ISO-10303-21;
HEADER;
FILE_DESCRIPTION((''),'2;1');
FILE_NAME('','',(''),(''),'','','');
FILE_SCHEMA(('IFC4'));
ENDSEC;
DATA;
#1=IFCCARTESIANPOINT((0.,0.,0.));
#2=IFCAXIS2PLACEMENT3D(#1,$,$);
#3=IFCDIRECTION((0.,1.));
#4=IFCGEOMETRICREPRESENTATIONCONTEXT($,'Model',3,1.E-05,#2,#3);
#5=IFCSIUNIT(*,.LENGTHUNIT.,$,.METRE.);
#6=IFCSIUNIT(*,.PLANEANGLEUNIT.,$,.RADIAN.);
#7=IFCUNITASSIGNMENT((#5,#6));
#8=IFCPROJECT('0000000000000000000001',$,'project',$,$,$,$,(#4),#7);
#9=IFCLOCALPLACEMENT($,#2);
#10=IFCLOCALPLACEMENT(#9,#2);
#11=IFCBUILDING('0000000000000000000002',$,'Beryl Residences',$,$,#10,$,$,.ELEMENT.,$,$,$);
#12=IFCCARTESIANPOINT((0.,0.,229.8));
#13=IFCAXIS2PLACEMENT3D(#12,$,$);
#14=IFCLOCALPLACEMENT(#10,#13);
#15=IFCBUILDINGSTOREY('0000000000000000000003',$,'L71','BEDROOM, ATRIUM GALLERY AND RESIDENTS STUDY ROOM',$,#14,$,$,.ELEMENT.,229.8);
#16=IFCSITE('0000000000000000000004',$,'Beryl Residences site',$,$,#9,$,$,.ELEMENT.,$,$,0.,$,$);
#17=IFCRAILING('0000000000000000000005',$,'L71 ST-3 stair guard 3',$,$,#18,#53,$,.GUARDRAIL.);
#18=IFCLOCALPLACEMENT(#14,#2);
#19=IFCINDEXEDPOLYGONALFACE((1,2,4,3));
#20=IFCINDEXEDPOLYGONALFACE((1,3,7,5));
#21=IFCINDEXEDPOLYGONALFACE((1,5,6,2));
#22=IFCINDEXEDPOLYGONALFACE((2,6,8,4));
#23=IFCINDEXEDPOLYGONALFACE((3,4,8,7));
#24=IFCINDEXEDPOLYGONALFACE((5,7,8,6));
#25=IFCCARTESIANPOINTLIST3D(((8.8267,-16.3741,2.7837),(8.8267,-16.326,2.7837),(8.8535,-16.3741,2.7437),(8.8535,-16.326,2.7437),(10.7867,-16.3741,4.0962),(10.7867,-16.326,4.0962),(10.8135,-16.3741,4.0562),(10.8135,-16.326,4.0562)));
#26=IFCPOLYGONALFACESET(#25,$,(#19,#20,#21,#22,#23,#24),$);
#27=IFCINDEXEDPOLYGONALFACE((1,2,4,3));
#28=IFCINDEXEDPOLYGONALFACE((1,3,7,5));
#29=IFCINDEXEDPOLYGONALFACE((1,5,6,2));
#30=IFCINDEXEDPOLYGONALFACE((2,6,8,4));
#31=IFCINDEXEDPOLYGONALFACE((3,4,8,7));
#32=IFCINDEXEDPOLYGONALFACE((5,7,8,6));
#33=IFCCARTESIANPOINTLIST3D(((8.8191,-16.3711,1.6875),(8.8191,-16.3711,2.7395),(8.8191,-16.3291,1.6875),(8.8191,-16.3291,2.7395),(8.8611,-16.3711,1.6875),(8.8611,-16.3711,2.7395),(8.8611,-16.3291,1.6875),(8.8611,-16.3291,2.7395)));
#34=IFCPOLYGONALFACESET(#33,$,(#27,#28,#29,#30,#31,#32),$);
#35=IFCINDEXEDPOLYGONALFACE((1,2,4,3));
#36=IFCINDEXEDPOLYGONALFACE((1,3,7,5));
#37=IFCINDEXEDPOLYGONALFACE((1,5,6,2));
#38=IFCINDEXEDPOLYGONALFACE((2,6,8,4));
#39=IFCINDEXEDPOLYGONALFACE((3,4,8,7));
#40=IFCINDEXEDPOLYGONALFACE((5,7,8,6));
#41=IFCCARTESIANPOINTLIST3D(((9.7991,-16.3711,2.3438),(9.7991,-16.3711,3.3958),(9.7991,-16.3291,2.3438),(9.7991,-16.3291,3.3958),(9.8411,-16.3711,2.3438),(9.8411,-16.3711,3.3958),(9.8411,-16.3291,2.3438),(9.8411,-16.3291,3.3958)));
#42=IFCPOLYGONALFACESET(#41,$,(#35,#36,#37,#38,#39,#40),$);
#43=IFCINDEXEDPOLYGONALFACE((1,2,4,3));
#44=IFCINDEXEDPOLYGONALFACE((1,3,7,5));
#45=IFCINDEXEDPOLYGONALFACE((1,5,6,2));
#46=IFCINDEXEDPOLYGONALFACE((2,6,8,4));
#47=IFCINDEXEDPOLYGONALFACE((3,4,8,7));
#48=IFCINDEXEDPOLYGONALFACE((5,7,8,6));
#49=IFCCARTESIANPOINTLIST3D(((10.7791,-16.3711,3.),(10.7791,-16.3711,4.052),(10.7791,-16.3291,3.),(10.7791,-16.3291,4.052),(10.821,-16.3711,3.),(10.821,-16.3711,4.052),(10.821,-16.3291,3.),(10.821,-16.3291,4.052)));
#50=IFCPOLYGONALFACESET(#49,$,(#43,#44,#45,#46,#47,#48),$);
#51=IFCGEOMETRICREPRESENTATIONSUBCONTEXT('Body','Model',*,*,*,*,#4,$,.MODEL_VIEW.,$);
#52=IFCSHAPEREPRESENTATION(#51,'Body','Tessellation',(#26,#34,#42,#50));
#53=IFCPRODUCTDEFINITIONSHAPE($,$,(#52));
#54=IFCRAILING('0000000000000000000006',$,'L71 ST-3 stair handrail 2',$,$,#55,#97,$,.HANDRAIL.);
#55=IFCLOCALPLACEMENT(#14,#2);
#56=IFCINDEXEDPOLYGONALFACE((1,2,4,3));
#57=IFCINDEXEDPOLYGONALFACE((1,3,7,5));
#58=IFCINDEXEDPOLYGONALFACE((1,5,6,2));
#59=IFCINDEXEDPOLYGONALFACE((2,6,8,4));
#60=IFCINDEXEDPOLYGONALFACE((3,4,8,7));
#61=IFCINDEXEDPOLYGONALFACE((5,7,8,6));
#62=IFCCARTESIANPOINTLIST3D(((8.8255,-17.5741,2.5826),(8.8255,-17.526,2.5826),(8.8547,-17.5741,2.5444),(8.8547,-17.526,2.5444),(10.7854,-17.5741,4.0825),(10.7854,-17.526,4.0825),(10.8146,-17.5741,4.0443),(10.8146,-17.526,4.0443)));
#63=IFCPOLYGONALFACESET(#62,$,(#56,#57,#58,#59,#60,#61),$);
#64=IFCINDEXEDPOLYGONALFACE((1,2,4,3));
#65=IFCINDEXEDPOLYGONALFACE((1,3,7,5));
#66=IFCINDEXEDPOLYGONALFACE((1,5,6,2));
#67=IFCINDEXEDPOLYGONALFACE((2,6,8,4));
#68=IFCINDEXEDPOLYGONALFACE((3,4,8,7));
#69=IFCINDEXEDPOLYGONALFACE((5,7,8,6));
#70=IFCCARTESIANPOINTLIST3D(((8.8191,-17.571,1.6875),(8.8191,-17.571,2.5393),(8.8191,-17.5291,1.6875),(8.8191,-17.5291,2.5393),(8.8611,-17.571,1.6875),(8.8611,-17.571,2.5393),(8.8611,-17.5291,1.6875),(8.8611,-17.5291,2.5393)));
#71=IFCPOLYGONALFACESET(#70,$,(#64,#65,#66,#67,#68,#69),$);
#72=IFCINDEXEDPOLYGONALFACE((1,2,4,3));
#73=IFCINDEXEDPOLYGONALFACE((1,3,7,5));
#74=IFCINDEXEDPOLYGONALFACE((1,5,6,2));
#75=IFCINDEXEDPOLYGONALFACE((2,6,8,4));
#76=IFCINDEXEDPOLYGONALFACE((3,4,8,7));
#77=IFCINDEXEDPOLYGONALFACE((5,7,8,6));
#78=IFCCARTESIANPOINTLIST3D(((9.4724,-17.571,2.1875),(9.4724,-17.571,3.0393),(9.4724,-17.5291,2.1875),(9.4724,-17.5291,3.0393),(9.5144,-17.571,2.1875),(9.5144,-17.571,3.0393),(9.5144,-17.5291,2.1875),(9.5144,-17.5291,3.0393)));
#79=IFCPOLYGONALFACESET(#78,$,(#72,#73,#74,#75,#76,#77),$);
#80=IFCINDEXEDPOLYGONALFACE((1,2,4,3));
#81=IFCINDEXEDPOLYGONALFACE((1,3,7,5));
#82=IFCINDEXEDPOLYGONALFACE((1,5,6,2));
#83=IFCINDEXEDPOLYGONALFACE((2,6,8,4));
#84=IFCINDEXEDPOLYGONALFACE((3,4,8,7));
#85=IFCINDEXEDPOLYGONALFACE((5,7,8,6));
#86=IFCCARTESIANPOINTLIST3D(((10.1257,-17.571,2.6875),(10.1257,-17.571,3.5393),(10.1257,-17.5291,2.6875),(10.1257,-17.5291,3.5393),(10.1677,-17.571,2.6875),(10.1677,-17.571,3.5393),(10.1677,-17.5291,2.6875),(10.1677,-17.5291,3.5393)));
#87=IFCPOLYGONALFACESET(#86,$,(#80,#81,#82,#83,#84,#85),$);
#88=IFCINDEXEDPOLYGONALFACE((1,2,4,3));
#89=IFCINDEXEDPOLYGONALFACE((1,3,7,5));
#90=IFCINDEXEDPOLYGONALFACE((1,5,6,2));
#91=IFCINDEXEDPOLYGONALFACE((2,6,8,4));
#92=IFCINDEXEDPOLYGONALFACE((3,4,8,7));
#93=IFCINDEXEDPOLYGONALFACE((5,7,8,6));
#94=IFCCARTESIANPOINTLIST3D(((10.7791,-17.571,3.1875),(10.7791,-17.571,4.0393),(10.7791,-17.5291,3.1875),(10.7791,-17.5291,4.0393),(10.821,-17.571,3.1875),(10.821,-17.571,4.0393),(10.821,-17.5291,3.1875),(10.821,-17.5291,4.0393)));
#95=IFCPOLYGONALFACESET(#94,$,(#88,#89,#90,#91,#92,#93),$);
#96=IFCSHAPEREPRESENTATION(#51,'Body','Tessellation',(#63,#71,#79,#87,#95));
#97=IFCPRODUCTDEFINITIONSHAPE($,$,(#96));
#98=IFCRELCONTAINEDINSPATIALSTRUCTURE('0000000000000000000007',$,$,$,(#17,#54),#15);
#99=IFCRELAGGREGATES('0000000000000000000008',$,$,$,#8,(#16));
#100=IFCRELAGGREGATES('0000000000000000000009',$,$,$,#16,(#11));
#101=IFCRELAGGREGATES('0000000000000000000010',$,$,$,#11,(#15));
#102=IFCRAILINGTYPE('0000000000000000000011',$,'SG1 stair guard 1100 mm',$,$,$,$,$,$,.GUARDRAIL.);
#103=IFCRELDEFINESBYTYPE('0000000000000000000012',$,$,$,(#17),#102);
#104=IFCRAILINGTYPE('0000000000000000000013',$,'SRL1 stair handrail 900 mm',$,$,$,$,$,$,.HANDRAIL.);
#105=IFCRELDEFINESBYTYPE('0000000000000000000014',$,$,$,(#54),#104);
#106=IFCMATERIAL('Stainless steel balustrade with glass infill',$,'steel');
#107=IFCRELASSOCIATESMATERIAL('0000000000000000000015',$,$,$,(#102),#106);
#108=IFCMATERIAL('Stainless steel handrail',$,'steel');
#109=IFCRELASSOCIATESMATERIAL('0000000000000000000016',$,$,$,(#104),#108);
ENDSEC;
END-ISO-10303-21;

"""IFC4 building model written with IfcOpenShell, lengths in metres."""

from ifc_helpers import new_model, si_unit, direction, frame, origin, origin_2d, place, context, subcontext, project, spatial, rectangle, extrude, material, type_object, element, save


model = new_model("IFC4")

# Units and contexts
model_context = context("Model", 3, precision=1e-05, world=origin(), true_north=direction((0.0, 1.0)))
body_context = subcontext(model_context, "Body", "Model", "MODEL_VIEW")
ifc_project = project(units=[si_unit("LENGTHUNIT", "METRE"), si_unit("PLANEANGLEUNIT", "RADIAN")], contexts=[model_context])

# Site, building, storey
site_placement = place(None, origin())
site = spatial("IfcSite", under=ifc_project, at=site_placement, Name="Beryl Residences site", CompositionType="ELEMENT", RefElevation=0.0)
building_placement = place(site_placement, origin())
building = spatial("IfcBuilding", under=site, at=building_placement, Name="Beryl Residences", CompositionType="ELEMENT")
storey_placement = place(building_placement, frame((0.0, 0.0, 229.8)))
storey = spatial("IfcBuildingStorey", under=building, at=storey_placement, Name="L71", Description="BEDROOM, ATRIUM GALLERY AND RESIDENTS STUDY ROOM", CompositionType="ELEMENT", Elevation=229.8)

# Railings
ifc_material_1 = material(Name="Stainless steel balustrade with glass infill", Category="steel")
railing_type_1 = type_object("IfcRailingType", Name="SG1 stair guard 1100 mm", PredefinedType="GUARDRAIL", material=ifc_material_1)
railing_1_placement = place(storey_placement, frame((8.8401, -16.3501, 1.6875)))
element("IfcRailing", 1, at=railing_1_placement, inside=storey, type_object=railing_type_1, Name="L71 ST-3 stair guard 3", PredefinedType="GUARDRAIL", context=body_context, shape_type="SweptSolid", body=[
    extrude(rectangle(XDim=0.0481, YDim=0.0481, at=origin_2d()), frame((0.0, 0.0, 1.0762), z_axis=(0.830902, 0.0, 0.556419), x_axis=(0.0, 1.0, 0.0)), (0.0, 0.0, 1.0), 2.3589),
    extrude(rectangle(XDim=0.042, YDim=0.042, at=origin_2d()), origin(), (0.0, 0.0, 1.0), 1.052),
    extrude(rectangle(XDim=0.042, YDim=0.042, at=origin_2d()), frame((0.98, 0.0, 0.6562)), (0.0, 0.0, 1.0), 1.052),
    extrude(rectangle(XDim=0.042, YDim=0.042, at=origin_2d()), frame((1.96, 0.0, 1.3125)), (0.0, 0.0, 1.0), 1.052),
])
ifc_material_2 = material(Name="Stainless steel handrail", Category="steel")
railing_type_2 = type_object("IfcRailingType", Name="SRL1 stair handrail 900 mm", PredefinedType="HANDRAIL", material=ifc_material_2)
railing_2_placement = place(storey_placement, frame((8.8401, -17.55, 1.6875)))
element("IfcRailing", 2, at=railing_2_placement, inside=storey, type_object=railing_type_2, Name="L71 ST-3 stair handrail 2", PredefinedType="HANDRAIL", context=body_context, shape_type="SweptSolid", body=[
    extrude(rectangle(XDim=0.0481, YDim=0.0481, at=origin_2d()), frame((0.0, 0.0, 0.876), z_axis=(0.794122, 0.0, 0.607758), x_axis=(0.0, 1.0, 0.0)), (0.0, 0.0, 1.0), 2.468),
    extrude(rectangle(XDim=0.042, YDim=0.042, at=origin_2d()), origin(), (0.0, 0.0, 1.0), 0.8518),
    extrude(rectangle(XDim=0.042, YDim=0.042, at=origin_2d()), frame((0.6533, 0.0, 0.5)), (0.0, 0.0, 1.0), 0.8518),
    extrude(rectangle(XDim=0.042, YDim=0.042, at=origin_2d()), frame((1.3066, 0.0, 1.0)), (0.0, 0.0, 1.0), 0.8518),
    extrude(rectangle(XDim=0.042, YDim=0.042, at=origin_2d()), frame((1.96, 0.0, 1.5)), (0.0, 0.0, 1.0), 0.8518),
])

save(model, "model.ifc")
